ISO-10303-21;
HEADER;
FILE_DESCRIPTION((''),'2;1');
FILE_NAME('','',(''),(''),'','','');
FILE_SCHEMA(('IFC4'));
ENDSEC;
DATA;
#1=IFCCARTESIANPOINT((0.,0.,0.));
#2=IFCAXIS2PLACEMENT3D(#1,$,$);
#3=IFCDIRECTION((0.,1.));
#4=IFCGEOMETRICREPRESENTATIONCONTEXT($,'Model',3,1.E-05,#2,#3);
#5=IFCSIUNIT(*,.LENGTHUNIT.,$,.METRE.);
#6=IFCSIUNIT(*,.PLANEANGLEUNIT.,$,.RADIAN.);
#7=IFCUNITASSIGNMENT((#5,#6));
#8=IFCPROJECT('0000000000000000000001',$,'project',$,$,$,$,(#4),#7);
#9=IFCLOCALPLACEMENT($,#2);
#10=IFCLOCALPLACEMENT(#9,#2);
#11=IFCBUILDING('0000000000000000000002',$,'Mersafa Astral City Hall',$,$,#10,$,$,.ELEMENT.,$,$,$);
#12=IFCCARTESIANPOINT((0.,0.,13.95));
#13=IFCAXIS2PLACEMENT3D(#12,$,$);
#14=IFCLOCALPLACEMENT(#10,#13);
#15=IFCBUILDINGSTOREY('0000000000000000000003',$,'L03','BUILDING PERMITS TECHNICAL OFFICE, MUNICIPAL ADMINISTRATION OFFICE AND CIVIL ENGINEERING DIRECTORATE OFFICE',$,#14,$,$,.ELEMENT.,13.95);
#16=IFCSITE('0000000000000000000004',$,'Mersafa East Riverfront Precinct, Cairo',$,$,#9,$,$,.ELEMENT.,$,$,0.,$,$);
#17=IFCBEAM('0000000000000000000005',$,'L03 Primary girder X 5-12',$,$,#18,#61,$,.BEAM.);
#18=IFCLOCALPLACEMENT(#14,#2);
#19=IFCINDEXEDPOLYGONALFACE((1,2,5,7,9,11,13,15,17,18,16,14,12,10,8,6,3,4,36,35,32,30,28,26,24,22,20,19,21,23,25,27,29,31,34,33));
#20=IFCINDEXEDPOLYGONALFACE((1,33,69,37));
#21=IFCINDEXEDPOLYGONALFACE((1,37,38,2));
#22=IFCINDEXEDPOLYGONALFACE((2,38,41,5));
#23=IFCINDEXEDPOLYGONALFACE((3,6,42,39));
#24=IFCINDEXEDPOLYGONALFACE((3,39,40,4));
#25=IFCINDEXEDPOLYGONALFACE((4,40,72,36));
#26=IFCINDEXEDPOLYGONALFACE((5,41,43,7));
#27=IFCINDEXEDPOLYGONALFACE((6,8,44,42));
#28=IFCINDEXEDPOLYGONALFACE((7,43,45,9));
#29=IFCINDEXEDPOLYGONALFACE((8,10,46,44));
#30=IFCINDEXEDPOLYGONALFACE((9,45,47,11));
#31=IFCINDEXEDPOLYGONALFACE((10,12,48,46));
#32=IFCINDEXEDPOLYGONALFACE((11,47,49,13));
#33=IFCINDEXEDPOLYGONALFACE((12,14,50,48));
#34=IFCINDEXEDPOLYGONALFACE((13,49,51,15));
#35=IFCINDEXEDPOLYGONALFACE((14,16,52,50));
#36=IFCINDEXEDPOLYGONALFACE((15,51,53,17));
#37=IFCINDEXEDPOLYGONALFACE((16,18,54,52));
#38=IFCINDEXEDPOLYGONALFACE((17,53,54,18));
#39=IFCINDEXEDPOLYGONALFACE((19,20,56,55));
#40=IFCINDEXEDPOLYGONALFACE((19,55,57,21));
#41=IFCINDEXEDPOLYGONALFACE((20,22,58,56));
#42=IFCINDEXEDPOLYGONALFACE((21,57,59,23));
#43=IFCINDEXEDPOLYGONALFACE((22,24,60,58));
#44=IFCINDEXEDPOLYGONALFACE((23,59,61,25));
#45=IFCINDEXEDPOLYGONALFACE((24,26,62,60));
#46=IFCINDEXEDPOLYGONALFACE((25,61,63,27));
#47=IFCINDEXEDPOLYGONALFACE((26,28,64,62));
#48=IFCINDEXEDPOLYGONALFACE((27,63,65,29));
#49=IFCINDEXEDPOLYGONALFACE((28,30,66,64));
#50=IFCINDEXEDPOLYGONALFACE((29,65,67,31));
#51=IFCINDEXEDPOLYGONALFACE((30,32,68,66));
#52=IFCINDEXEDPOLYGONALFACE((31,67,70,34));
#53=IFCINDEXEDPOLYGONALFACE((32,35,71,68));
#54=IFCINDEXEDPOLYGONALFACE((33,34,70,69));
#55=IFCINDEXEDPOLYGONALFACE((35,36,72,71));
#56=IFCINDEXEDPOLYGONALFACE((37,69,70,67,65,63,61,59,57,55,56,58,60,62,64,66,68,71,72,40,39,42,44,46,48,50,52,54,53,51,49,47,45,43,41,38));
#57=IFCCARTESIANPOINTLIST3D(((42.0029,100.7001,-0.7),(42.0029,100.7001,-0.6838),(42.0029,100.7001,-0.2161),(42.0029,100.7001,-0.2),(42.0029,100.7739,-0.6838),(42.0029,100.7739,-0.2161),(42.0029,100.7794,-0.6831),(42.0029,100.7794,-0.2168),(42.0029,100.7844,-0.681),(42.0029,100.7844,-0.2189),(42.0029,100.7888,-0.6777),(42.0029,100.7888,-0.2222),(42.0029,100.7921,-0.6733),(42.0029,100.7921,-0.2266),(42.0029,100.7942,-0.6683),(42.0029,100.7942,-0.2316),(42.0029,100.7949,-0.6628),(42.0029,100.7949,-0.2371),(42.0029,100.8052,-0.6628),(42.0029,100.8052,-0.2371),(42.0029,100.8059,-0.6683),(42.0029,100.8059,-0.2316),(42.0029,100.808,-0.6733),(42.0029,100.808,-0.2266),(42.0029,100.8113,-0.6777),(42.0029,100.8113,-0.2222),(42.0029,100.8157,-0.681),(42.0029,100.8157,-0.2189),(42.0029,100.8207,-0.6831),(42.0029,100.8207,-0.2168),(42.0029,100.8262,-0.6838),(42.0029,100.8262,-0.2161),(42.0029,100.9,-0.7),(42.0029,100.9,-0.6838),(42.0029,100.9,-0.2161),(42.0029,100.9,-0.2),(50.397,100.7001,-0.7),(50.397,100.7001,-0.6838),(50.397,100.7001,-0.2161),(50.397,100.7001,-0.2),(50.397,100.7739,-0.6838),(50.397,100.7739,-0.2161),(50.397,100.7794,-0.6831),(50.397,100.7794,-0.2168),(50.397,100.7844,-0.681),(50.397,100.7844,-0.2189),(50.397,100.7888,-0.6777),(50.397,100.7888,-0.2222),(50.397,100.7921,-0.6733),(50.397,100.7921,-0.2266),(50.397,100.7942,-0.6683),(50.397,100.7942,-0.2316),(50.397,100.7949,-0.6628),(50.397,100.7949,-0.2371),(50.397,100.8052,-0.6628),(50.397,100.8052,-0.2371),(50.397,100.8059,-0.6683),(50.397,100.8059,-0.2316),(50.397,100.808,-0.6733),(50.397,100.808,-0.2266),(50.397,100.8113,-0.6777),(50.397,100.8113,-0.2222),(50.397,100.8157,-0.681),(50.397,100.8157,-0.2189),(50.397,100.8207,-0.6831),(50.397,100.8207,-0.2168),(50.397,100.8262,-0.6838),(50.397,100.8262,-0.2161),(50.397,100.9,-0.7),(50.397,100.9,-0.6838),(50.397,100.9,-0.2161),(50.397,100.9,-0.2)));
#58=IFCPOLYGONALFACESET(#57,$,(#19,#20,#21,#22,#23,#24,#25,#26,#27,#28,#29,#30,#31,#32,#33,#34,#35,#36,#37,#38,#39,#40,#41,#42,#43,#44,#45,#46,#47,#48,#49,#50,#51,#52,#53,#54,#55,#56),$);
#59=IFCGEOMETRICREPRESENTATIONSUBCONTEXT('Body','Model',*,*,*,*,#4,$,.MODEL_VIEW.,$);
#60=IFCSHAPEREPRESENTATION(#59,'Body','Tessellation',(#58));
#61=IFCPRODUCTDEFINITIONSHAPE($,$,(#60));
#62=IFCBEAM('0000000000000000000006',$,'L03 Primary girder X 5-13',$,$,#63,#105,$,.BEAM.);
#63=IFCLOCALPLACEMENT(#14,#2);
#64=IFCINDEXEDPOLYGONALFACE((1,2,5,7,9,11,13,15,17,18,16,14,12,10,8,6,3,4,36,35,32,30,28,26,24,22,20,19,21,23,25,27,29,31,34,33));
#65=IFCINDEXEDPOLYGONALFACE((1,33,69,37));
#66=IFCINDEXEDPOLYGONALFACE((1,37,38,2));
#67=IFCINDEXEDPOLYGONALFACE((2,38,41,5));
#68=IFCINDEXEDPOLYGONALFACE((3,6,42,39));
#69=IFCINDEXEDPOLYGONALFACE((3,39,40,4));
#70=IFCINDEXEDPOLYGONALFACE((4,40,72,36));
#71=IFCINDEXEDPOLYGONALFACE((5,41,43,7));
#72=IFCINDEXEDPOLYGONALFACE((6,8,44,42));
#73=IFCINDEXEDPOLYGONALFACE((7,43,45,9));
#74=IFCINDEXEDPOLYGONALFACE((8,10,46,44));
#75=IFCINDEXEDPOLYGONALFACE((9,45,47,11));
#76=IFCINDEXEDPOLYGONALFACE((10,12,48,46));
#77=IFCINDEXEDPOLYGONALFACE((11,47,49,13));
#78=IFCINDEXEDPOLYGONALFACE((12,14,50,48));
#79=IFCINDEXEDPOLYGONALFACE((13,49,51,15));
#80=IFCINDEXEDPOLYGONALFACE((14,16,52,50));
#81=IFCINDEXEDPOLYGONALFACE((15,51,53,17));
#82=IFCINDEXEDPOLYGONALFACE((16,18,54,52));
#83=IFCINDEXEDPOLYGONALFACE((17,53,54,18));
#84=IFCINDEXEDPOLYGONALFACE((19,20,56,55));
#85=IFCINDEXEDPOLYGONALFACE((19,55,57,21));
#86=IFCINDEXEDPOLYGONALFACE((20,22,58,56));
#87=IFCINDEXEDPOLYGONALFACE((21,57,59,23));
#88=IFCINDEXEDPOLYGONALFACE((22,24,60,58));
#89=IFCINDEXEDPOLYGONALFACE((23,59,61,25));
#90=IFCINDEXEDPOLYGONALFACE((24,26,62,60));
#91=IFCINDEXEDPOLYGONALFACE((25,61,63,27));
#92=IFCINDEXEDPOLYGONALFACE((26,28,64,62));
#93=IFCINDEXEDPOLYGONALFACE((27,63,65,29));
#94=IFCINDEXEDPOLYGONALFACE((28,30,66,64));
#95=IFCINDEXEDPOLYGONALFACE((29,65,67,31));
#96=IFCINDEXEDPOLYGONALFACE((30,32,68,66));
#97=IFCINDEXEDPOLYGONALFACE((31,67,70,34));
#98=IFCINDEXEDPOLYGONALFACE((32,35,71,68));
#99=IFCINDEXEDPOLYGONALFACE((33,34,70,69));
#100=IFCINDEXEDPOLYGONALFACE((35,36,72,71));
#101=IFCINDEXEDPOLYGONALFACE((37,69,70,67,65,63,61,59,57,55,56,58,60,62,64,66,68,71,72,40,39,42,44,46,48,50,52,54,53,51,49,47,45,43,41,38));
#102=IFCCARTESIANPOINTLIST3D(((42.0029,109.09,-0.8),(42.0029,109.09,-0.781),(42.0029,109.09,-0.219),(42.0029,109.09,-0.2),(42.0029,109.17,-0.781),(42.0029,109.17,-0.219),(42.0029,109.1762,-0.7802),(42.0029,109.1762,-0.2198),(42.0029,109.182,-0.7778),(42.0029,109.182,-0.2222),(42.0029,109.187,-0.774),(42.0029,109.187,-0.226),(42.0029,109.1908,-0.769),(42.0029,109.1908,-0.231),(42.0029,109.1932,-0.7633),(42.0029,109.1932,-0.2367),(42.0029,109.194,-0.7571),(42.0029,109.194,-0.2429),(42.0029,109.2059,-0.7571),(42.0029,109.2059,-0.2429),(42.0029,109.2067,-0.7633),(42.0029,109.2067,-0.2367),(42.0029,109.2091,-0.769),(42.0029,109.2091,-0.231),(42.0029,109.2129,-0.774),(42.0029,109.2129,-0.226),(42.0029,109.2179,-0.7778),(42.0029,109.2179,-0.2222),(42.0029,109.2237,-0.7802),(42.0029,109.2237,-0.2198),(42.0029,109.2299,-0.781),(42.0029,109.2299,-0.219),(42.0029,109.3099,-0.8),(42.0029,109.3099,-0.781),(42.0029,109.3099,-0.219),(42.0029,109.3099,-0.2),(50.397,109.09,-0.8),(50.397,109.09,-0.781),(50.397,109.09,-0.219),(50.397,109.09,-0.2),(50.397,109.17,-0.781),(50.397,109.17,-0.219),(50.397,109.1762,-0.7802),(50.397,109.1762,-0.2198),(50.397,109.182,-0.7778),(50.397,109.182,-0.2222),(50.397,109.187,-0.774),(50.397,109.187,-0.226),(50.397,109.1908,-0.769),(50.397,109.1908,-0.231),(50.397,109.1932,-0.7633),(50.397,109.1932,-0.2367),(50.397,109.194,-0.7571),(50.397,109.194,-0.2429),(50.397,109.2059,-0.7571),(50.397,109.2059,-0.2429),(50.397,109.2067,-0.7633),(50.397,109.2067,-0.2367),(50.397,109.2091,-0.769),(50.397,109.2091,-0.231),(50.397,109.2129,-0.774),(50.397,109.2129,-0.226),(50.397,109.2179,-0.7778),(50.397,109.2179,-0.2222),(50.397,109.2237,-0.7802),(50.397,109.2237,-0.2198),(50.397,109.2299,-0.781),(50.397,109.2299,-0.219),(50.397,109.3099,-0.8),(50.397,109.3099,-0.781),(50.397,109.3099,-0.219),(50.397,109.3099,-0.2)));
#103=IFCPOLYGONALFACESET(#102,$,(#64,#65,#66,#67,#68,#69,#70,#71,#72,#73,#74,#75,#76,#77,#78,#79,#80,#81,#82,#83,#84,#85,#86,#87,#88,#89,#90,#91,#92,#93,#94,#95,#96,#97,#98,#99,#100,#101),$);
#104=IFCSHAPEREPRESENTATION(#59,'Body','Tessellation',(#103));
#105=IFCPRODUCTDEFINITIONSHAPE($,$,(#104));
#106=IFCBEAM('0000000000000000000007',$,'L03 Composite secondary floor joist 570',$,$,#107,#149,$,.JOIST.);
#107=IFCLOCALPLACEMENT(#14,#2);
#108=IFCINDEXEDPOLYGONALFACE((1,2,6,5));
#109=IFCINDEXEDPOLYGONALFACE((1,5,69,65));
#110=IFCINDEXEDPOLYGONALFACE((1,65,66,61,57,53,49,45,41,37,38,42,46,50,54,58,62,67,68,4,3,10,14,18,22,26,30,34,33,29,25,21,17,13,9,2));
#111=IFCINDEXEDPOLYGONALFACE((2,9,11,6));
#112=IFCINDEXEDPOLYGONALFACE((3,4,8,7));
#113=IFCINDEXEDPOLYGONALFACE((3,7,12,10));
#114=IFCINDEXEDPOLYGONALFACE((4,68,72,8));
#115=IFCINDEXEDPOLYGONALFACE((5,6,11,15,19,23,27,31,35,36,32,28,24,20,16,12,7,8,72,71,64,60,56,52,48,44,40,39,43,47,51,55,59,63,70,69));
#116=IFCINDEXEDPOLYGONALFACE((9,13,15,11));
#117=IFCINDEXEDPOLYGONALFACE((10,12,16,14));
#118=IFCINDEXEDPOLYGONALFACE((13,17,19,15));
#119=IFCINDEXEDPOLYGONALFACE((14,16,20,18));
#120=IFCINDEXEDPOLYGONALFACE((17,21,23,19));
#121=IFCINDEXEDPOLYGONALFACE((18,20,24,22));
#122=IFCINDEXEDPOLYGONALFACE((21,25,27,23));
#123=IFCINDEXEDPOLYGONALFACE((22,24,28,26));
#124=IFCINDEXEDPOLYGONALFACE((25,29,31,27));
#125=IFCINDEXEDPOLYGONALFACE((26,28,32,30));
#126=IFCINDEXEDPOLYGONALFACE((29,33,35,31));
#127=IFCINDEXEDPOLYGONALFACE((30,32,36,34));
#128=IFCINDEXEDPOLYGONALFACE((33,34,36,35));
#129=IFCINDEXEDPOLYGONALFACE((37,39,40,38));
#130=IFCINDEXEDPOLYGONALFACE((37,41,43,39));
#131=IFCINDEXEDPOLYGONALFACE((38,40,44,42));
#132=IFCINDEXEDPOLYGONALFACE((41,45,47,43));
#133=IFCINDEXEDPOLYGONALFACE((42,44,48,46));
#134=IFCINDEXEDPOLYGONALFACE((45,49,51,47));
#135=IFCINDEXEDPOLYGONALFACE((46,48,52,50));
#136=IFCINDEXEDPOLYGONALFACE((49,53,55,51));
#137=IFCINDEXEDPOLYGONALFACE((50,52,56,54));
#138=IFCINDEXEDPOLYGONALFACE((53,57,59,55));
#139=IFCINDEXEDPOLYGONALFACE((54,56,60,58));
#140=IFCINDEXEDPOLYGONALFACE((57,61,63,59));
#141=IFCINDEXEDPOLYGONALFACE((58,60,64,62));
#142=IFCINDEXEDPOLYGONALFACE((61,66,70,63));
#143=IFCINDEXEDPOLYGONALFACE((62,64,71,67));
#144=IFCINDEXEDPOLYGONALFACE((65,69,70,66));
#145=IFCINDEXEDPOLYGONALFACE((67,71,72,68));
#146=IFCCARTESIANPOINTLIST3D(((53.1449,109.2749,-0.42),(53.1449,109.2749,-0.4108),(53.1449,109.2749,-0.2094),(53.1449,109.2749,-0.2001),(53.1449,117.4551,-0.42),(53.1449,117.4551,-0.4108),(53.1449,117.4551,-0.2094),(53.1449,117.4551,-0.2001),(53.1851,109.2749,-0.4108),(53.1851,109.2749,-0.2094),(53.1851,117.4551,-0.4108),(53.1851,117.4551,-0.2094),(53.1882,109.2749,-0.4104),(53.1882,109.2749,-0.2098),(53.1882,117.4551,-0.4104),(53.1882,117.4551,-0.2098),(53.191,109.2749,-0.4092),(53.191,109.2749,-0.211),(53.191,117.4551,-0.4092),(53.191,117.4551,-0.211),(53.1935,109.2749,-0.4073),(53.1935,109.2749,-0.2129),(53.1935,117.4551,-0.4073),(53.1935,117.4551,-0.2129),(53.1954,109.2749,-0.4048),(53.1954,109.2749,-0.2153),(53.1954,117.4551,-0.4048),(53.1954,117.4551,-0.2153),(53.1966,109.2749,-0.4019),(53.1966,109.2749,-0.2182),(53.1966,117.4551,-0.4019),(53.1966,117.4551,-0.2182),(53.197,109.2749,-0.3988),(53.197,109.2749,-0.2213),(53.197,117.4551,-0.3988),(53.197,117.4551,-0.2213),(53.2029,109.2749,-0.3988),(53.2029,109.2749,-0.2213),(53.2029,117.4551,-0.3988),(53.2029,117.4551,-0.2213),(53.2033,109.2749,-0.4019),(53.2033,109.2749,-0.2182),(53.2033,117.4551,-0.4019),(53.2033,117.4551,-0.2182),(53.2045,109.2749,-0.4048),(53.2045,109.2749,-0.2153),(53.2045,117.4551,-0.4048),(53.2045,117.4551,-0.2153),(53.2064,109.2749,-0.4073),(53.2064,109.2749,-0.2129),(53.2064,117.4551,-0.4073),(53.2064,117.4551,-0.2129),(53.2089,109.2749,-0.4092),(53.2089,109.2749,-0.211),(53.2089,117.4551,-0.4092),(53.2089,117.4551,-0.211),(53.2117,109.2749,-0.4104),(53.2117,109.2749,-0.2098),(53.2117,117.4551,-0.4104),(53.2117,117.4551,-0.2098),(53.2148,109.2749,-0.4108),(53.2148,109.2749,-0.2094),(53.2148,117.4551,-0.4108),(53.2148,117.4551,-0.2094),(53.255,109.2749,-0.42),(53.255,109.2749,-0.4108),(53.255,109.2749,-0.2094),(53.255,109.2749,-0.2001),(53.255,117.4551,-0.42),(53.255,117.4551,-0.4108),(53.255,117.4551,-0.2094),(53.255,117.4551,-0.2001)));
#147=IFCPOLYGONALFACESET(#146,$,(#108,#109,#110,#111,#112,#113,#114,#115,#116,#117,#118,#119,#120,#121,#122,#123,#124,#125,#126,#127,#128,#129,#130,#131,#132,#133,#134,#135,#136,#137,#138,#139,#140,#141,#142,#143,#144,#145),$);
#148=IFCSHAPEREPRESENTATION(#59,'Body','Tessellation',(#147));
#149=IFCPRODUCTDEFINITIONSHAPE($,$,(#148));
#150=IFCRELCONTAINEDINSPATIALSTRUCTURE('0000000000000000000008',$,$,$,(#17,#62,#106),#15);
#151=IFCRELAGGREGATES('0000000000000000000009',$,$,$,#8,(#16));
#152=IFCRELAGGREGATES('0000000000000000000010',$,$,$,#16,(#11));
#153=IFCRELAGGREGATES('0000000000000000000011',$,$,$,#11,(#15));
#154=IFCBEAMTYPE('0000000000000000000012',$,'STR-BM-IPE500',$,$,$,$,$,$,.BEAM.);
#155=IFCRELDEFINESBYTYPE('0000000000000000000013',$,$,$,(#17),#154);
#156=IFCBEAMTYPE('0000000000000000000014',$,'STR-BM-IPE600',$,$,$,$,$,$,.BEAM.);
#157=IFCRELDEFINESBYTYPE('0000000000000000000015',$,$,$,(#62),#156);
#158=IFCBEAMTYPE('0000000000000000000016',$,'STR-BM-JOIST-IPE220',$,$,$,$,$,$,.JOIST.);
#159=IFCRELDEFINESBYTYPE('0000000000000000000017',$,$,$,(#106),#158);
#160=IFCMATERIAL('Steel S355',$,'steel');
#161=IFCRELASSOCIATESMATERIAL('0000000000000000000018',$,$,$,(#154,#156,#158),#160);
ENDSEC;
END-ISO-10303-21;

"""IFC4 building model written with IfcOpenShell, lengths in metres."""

from ifc_helpers import new_model, si_unit, direction, frame, origin, origin_2d, place, context, subcontext, project, spatial, i_section, extrude, material, material_profile, profile_set, type_object, element, save


model = new_model("IFC4")

# Units and contexts
model_context = context("Model", 3, precision=1e-05, world=origin(), true_north=direction((0.0, 1.0)))
body_context = subcontext(model_context, "Body", "Model", "MODEL_VIEW")
ifc_project = project(units=[si_unit("LENGTHUNIT", "METRE"), si_unit("PLANEANGLEUNIT", "RADIAN")], contexts=[model_context])

# Site, building, storey
site_placement = place(None, origin())
site = spatial("IfcSite", under=ifc_project, at=site_placement, Name="Mersafa East Riverfront Precinct, Cairo", CompositionType="ELEMENT", RefElevation=0.0)
building_placement = place(site_placement, origin())
building = spatial("IfcBuilding", under=site, at=building_placement, Name="Mersafa Astral City Hall", CompositionType="ELEMENT")
storey_placement = place(building_placement, frame((0.0, 0.0, 13.95)))
storey = spatial("IfcBuildingStorey", under=building, at=storey_placement, Name="L03", Description="BUILDING PERMITS TECHNICAL OFFICE, MUNICIPAL ADMINISTRATION OFFICE AND CIVIL ENGINEERING DIRECTORATE OFFICE", CompositionType="ELEMENT", Elevation=13.95)

# Shared definitions
ifc_material_1 = material(Name="Steel S355", Category="steel")

# Beams
ifc_material_profile_1 = material_profile(ifc_material_1, i_section(OverallWidth=0.2, OverallDepth=0.5, WebThickness=0.0103, FlangeThickness=0.0161, FilletRadius=0.021, at=origin_2d()), Name="IPE 500")
ifc_profile_set_1 = profile_set([ifc_material_profile_1], Name="Steel S355")
beam_type_1 = type_object("IfcBeamType", Name="STR-BM-IPE500", PredefinedType="BEAM", material=ifc_profile_set_1)
beam_1_placement = place(storey_placement, frame((42.0029, 100.8, -0.45), z_axis=(1.0, 0.0, 0.0), x_axis=(0.0, 1.0, 0.0)))
element("IfcBeam", 1, at=beam_1_placement, inside=storey, type_object=beam_type_1, Name="L03 Primary girder X 5-12", PredefinedType="BEAM", context=body_context, shape_type="SweptSolid", body=[
    extrude(i_section(OverallWidth=0.2, OverallDepth=0.5, WebThickness=0.0103, FlangeThickness=0.0161, FilletRadius=0.021, at=origin_2d()), origin(), (0.0, 0.0, 1.0), 8.394),
])
ifc_material_profile_2 = material_profile(ifc_material_1, i_section(OverallWidth=0.22, OverallDepth=0.6001, WebThickness=0.012, FlangeThickness=0.019, FilletRadius=0.0239, at=origin_2d()), Name="IPE 600")
ifc_profile_set_2 = profile_set([ifc_material_profile_2], Name="Steel S355")
beam_type_2 = type_object("IfcBeamType", Name="STR-BM-IPE600", PredefinedType="BEAM", material=ifc_profile_set_2)
beam_2_placement = place(storey_placement, frame((42.0029, 109.2, -0.5), z_axis=(1.0, 0.0, 0.0), x_axis=(0.0, 1.0, 0.0)))
element("IfcBeam", 2, at=beam_2_placement, inside=storey, type_object=beam_type_2, Name="L03 Primary girder X 5-13", PredefinedType="BEAM", context=body_context, shape_type="SweptSolid", body=[
    extrude(i_section(OverallWidth=0.22, OverallDepth=0.6001, WebThickness=0.012, FlangeThickness=0.019, FilletRadius=0.0239, at=origin_2d()), origin(), (0.0, 0.0, 1.0), 8.394),
])
ifc_material_profile_3 = material_profile(ifc_material_1, i_section(OverallWidth=0.1101, OverallDepth=0.22, WebThickness=0.0059, FlangeThickness=0.0093, FilletRadius=0.012, at=origin_2d()), Name="IPE 220")
ifc_profile_set_3 = profile_set([ifc_material_profile_3], Name="Steel S355")
beam_type_3 = type_object("IfcBeamType", Name="STR-BM-JOIST-IPE220", PredefinedType="JOIST", material=ifc_profile_set_3)
beam_3_placement = place(storey_placement, frame((53.2, 109.2749, -0.3101), z_axis=(0.0, 1.0, 0.0), x_axis=(-1.0, 0.0, 0.0)))
element("IfcBeam", 3, at=beam_3_placement, inside=storey, type_object=beam_type_3, Name="L03 Composite secondary floor joist 570", PredefinedType="JOIST", context=body_context, shape_type="SweptSolid", body=[
    extrude(i_section(OverallWidth=0.1101, OverallDepth=0.22, WebThickness=0.0059, FlangeThickness=0.0093, FilletRadius=0.012, at=origin_2d()), origin(), (0.0, 0.0, 1.0), 8.1802),
])

save(model, "model.ifc")
